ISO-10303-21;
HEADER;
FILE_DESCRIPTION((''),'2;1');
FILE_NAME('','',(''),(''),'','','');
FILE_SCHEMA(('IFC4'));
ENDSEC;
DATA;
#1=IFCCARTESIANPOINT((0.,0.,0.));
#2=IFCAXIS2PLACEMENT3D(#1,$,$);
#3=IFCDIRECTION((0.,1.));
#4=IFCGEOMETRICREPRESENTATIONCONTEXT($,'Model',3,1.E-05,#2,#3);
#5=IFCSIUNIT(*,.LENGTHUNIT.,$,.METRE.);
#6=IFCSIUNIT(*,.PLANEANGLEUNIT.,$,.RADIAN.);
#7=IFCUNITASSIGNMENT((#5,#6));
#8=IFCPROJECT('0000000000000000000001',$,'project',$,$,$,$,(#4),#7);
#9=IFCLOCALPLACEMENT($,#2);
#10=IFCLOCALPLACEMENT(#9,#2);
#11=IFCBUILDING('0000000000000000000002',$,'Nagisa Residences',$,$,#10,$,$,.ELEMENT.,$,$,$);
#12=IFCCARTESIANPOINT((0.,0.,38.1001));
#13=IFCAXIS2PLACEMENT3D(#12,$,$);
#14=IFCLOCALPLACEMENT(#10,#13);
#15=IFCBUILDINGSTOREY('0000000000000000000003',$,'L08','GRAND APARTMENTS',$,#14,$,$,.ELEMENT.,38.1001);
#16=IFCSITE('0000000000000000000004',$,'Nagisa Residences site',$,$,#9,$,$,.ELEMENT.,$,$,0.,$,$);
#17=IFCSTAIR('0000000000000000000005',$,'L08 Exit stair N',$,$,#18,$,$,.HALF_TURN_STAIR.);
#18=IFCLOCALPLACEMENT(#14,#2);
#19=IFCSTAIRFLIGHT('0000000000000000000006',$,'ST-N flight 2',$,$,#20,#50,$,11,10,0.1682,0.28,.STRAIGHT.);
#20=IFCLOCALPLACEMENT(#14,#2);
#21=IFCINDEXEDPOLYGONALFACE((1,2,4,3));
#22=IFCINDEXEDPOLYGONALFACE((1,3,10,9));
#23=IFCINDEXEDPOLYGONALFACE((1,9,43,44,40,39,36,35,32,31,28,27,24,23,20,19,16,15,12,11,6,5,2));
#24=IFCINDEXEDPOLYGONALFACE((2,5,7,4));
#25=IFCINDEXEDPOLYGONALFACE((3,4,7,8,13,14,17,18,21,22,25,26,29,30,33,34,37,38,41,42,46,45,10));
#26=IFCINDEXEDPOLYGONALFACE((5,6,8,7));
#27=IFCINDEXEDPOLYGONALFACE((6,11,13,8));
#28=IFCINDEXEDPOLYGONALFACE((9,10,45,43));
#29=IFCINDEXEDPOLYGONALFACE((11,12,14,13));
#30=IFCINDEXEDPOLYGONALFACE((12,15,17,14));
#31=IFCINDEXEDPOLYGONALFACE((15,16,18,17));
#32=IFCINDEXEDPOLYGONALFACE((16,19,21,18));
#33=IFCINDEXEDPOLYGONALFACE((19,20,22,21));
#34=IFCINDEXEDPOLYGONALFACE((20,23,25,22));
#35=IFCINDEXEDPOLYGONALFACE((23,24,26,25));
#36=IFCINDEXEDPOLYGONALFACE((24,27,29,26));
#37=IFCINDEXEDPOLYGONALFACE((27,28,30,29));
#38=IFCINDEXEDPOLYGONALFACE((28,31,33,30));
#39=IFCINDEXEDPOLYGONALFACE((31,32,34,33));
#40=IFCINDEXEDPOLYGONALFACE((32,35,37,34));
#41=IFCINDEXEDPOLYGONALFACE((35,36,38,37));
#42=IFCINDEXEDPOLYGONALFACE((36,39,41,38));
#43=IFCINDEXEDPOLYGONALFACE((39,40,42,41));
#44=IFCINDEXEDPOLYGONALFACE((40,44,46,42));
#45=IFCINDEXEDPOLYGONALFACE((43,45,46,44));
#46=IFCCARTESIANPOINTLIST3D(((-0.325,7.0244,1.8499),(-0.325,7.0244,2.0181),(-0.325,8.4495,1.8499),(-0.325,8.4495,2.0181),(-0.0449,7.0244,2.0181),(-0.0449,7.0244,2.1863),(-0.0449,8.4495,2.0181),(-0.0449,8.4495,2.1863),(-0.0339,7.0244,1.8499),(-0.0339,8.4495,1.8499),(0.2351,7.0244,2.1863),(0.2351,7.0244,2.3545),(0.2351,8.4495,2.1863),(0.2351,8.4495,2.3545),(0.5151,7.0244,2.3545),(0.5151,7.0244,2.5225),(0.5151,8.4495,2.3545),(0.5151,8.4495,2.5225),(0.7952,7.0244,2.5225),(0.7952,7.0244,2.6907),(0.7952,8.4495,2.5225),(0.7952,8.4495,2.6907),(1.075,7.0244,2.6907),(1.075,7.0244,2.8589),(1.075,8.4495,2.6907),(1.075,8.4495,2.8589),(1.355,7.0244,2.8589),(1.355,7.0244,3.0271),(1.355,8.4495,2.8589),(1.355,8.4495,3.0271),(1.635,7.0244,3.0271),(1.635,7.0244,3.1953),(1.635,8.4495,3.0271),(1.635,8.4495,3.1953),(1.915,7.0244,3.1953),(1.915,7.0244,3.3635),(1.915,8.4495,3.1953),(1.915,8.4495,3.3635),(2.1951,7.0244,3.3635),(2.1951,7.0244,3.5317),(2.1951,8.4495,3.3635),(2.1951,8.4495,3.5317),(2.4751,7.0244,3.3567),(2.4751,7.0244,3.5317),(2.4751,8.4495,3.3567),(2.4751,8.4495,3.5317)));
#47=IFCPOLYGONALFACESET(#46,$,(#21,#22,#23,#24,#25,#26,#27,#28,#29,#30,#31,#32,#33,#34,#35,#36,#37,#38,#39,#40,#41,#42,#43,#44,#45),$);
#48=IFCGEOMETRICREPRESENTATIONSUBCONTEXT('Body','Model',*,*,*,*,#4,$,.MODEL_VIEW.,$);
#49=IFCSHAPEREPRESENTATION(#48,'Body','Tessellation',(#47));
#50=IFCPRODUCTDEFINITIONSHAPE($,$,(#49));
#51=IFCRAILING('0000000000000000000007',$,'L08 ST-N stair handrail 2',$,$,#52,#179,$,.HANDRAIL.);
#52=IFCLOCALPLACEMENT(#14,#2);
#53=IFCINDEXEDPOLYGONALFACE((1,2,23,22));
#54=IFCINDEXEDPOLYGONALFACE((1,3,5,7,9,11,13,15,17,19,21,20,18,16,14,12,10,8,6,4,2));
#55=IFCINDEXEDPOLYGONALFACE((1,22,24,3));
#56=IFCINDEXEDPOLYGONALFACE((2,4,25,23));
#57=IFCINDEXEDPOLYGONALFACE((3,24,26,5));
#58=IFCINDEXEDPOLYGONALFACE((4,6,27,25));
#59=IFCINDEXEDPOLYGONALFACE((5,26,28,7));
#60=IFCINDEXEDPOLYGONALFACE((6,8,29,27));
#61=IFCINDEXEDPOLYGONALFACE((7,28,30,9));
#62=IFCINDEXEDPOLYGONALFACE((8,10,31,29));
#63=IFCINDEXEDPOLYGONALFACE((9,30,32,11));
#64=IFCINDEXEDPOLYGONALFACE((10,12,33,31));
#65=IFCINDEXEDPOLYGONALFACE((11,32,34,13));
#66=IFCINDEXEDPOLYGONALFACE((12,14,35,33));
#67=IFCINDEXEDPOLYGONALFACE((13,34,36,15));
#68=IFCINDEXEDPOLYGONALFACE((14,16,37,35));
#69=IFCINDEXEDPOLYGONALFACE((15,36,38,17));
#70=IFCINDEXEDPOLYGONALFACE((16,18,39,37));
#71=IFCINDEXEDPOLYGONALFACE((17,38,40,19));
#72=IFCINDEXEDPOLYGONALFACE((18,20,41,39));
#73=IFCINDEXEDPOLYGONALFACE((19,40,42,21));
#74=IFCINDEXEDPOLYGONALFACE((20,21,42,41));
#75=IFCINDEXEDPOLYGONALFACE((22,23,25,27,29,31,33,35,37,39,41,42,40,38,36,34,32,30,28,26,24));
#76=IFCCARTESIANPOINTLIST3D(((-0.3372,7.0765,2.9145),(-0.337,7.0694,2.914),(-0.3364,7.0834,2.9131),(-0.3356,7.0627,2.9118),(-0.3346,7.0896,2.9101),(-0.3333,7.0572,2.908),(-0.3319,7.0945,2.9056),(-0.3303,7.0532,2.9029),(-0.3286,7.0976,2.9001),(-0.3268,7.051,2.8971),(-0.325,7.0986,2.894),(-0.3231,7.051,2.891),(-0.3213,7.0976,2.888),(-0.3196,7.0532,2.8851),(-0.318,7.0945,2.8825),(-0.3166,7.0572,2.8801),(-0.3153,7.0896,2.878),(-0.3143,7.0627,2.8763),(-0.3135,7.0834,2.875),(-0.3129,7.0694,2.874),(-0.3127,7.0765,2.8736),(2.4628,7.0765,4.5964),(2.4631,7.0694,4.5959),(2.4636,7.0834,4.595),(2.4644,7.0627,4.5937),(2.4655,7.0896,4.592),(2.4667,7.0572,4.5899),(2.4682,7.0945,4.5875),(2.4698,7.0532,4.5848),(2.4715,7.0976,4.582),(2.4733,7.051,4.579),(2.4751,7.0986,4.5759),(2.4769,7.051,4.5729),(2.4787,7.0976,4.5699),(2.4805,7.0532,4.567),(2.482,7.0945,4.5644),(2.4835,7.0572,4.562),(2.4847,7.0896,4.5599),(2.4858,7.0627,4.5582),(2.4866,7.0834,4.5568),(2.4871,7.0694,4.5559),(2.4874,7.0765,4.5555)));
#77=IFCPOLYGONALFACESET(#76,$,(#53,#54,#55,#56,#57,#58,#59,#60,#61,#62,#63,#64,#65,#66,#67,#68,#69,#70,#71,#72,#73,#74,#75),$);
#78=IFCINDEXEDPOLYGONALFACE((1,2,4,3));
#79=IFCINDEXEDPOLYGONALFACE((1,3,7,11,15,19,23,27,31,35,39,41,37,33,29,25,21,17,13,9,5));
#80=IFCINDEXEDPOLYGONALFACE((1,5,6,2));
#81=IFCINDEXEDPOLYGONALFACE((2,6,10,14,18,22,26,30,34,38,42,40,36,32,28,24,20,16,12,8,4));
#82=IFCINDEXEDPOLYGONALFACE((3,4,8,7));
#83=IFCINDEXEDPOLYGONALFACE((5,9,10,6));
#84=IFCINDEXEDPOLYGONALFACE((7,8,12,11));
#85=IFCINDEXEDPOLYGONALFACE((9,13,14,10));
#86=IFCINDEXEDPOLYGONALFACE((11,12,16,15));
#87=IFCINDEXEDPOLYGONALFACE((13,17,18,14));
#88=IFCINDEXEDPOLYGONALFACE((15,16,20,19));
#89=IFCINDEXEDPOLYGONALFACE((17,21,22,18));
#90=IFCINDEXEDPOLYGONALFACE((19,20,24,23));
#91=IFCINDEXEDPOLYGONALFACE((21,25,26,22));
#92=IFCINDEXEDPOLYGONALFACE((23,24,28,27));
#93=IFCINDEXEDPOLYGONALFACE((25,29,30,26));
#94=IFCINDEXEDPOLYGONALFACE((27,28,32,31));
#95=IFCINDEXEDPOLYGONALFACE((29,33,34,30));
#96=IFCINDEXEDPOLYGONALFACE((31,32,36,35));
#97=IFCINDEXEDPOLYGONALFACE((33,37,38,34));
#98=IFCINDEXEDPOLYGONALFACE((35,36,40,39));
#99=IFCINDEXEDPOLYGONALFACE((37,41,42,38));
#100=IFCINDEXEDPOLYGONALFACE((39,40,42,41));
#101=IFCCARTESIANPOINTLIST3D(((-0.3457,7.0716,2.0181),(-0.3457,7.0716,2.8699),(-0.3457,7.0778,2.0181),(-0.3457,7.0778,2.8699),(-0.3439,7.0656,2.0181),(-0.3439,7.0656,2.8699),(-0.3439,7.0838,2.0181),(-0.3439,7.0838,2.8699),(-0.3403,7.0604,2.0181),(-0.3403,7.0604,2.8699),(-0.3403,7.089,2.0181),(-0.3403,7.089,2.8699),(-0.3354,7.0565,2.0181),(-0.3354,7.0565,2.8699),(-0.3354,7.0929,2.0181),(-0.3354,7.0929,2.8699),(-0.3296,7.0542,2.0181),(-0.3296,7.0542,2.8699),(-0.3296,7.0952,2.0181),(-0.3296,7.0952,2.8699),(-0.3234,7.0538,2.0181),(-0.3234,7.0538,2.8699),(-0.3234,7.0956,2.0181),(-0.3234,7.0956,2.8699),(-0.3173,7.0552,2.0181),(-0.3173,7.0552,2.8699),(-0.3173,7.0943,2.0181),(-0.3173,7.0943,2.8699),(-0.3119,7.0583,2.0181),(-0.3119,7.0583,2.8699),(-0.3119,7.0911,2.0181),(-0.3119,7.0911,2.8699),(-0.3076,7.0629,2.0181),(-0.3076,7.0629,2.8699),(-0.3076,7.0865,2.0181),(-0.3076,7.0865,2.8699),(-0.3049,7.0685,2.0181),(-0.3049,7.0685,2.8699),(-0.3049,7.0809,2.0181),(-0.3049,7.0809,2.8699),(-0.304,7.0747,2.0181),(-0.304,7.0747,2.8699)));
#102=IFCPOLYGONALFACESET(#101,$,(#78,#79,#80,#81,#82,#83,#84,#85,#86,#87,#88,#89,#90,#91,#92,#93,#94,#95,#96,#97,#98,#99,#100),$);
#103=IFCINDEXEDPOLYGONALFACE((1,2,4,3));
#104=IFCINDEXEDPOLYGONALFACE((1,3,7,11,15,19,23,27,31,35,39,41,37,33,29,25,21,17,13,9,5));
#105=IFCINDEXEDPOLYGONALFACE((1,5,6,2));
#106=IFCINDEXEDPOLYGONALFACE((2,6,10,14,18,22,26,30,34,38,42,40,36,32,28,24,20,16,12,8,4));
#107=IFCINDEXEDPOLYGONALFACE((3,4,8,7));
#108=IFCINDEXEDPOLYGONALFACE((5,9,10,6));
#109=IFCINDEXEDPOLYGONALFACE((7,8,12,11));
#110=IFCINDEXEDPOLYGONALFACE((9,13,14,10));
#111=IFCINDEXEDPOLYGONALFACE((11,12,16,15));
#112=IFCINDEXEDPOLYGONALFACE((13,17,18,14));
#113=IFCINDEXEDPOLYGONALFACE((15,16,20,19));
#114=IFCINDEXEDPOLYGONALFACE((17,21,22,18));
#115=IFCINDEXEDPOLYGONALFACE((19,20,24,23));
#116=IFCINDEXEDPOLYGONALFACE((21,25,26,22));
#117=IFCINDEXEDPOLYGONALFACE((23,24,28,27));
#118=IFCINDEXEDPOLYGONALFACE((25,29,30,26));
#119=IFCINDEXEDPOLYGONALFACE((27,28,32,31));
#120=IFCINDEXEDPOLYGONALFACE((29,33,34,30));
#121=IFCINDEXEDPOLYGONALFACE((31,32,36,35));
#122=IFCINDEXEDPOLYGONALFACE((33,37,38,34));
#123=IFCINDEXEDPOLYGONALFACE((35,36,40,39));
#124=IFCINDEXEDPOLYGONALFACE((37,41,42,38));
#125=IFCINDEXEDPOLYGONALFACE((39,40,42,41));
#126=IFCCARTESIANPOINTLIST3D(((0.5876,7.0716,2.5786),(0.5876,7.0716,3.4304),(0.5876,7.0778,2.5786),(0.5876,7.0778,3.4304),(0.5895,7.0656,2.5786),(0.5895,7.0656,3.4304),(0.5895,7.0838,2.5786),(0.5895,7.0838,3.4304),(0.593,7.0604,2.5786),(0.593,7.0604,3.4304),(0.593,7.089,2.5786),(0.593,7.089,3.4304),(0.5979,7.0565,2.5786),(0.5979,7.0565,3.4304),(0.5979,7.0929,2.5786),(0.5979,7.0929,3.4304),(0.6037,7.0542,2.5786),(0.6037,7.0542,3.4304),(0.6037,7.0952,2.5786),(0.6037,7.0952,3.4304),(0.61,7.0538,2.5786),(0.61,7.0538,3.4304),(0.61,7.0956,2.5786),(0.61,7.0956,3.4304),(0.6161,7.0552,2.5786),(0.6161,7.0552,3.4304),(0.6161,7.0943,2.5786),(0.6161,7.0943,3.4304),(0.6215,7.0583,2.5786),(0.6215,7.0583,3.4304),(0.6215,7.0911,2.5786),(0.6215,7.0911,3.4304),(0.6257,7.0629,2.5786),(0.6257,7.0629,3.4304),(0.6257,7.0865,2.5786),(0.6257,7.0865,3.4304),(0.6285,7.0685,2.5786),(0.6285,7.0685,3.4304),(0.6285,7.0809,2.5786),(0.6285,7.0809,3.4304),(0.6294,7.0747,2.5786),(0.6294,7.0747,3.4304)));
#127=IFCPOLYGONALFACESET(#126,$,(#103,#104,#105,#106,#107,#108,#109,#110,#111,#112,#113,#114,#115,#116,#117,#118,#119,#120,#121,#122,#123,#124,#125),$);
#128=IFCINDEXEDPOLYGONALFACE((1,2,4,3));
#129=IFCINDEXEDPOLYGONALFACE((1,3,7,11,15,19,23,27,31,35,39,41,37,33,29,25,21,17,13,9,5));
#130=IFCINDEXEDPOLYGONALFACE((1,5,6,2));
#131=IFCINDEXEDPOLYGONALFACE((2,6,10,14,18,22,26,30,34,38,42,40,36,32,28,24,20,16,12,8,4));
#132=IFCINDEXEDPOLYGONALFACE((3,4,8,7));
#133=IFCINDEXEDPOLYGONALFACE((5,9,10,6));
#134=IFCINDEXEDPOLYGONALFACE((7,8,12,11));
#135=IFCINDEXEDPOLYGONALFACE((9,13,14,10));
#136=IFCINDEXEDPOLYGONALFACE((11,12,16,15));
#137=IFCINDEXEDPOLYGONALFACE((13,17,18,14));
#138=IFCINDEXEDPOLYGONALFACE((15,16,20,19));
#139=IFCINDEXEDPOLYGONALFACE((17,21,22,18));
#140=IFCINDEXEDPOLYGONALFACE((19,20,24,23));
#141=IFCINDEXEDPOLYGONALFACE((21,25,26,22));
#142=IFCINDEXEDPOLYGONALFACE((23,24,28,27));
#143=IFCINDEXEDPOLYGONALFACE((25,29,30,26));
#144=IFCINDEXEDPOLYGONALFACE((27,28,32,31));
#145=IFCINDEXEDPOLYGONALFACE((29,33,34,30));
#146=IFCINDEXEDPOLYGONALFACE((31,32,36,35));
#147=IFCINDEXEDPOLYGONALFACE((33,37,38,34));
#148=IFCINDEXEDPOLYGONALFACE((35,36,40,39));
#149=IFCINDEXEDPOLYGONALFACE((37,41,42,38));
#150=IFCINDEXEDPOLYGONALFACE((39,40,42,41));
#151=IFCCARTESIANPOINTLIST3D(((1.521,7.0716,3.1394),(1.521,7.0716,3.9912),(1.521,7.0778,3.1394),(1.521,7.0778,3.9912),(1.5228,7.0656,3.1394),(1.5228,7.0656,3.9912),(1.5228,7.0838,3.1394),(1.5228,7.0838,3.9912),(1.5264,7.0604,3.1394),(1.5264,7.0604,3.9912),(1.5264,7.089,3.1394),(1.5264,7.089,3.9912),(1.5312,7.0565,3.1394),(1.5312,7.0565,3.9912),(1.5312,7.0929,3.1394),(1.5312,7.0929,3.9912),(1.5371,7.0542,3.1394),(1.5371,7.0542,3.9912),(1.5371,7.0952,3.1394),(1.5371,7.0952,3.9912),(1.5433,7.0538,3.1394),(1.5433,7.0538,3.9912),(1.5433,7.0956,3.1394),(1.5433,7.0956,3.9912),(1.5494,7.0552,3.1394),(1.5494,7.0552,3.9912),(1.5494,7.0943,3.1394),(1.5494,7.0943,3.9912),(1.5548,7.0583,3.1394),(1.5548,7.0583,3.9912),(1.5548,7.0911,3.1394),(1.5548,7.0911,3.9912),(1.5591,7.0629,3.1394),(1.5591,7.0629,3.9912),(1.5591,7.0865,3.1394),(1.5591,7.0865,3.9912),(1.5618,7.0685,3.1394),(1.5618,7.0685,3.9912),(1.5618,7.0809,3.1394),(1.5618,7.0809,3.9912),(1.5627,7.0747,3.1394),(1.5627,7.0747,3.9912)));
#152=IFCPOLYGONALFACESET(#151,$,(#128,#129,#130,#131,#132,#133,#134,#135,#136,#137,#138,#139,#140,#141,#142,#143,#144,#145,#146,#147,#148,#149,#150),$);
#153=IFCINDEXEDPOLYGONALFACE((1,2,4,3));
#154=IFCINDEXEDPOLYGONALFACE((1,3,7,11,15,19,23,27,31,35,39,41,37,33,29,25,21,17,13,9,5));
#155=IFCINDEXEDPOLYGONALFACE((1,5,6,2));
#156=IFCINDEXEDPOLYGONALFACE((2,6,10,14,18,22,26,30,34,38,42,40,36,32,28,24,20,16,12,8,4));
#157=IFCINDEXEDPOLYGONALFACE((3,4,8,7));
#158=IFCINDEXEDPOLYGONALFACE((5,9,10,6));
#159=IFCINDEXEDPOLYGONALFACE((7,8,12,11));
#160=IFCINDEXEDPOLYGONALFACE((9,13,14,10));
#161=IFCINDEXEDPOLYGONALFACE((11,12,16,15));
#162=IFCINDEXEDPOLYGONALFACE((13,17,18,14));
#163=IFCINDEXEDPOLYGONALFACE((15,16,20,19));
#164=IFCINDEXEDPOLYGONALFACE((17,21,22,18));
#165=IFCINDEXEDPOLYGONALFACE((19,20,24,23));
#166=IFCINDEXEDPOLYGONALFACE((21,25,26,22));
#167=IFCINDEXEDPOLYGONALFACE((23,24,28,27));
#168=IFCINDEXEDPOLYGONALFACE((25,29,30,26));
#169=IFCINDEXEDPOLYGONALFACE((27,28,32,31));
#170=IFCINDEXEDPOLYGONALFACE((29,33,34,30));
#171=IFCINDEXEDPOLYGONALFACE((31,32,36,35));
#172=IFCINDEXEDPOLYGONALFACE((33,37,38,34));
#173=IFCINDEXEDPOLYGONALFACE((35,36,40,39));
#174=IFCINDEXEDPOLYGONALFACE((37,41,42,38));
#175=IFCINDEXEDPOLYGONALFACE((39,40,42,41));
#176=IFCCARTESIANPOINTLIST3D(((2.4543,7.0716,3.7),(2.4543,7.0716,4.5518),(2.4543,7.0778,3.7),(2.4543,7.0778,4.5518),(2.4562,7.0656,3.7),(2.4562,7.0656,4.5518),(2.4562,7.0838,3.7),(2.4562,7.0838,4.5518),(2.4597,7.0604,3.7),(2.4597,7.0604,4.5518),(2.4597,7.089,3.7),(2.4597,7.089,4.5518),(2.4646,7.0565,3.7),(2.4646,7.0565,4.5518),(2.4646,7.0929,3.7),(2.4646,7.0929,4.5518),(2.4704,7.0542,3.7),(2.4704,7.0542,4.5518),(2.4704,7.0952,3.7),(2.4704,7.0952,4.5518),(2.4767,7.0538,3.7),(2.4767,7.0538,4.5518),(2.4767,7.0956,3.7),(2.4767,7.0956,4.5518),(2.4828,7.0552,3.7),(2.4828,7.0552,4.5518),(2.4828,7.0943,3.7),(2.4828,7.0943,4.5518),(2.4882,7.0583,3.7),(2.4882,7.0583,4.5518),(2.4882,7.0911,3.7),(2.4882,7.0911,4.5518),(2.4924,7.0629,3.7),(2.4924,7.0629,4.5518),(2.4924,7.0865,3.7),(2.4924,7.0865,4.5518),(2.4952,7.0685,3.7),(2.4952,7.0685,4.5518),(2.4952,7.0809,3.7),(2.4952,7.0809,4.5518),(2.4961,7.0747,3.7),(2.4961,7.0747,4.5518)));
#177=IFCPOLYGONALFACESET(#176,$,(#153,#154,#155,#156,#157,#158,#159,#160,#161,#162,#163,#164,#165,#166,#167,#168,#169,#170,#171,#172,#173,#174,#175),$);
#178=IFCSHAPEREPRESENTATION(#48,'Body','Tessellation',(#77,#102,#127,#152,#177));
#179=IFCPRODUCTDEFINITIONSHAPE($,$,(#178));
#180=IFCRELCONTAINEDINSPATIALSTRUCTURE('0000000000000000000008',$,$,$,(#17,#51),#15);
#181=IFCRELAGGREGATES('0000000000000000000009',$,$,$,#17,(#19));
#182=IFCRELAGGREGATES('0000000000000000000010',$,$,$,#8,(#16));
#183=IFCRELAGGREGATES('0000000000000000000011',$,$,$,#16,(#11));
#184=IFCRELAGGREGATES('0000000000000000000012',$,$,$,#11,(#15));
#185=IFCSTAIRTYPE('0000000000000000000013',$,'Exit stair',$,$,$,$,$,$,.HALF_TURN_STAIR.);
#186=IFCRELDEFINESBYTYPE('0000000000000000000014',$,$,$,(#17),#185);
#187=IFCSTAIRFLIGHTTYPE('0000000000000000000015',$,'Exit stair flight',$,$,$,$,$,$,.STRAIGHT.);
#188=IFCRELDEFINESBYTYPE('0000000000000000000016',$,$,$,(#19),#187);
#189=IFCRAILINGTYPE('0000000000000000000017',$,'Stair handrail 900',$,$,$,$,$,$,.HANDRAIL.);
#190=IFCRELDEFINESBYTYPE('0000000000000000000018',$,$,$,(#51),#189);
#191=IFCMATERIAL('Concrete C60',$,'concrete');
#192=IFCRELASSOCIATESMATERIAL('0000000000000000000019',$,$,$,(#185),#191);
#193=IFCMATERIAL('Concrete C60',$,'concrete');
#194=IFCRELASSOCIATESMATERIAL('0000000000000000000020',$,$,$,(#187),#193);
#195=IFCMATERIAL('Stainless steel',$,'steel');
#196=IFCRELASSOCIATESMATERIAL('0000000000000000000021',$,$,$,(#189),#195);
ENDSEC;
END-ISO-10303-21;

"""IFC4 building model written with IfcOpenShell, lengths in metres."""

from ifc_helpers import new_model, si_unit, direction, frame, origin, origin_2d, place, context, subcontext, project, spatial, polyline, circle, outline, extrude, material, type_object, element, aggregate, save


model = new_model("IFC4")

# Units and contexts
model_context = context("Model", 3, precision=1e-05, world=origin(), true_north=direction((0.0, 1.0)))
body_context = subcontext(model_context, "Body", "Model", "MODEL_VIEW")
ifc_project = project(units=[si_unit("LENGTHUNIT", "METRE"), si_unit("PLANEANGLEUNIT", "RADIAN")], contexts=[model_context])

# Site, building, storey
site_placement = place(None, origin())
site = spatial("IfcSite", under=ifc_project, at=site_placement, Name="Nagisa Residences site", CompositionType="ELEMENT", RefElevation=0.0)
building_placement = place(site_placement, origin())
building = spatial("IfcBuilding", under=site, at=building_placement, Name="Nagisa Residences", CompositionType="ELEMENT")
storey_placement = place(building_placement, frame((0.0, 0.0, 38.1001)))
storey = spatial("IfcBuildingStorey", under=building, at=storey_placement, Name="L08", Description="GRAND APARTMENTS", CompositionType="ELEMENT", Elevation=38.1001)

# Stair
ifc_material_1 = material(Name="Concrete C60", Category="concrete")
stair_type = type_object("IfcStairType", Name="Exit stair", PredefinedType="HALF_TURN_STAIR", material=ifc_material_1)
stair_1_placement = place(storey_placement, origin())
stair_1 = element("IfcStair", 1, at=stair_1_placement, inside=storey, type_object=stair_type, Name="L08 Exit stair N", PredefinedType="HALF_TURN_STAIR")

# Stair flight
ifc_material_2 = material(Name="Concrete C60", Category="concrete")
stair_flight_type = type_object("IfcStairFlightType", Name="Exit stair flight", PredefinedType="STRAIGHT", material=ifc_material_2)
stair_flight_placement = place(storey_placement, frame((-0.325, 7.7371, 1.8499), z_axis=(0.0, 0.0, 1.0), x_axis=(1.0, 0.0, 0.0)))
stair_flight = element("IfcStairFlight", 2, at=stair_flight_placement, type_object=stair_flight_type, Name="ST-N flight 2", NumberOfRisers=11, NumberOfTreads=10, PredefinedType="STRAIGHT", RiserHeight=0.1682, TreadLength=0.28, context=body_context, shape_type="SweptSolid", body=[
    extrude(outline(polyline([(0.0, 0.0), (0.0, 0.1682), (0.28, 0.1682), (0.28, 0.3364), (0.5601, 0.3364), (0.5601, 0.5046), (0.8401, 0.5046), (0.8401, 0.6726), (1.1201, 0.6726), (1.1201, 0.8408), (1.3999, 0.8408), (1.3999, 1.009), (1.6799, 1.009), (1.6799, 1.1772), (1.96, 1.1772), (1.96, 1.3455), (2.24, 1.3455), (2.24, 1.5137), (2.52, 1.5137), (2.52, 1.6819), (2.8, 1.6819), (2.8, 1.8501), (2.8, 1.5068), (0.291, 0.0), (0.0, 0.0)])), frame((0.0, 0.7124, 0.0), z_axis=(0.0, -1.0, 0.0), x_axis=(1.0, 0.0, 0.0)), (0.0, 0.0, 1.0), 1.425),
])
aggregate(stair_1, [stair_flight])

# Railing
ifc_material_3 = material(Name="Stainless steel", Category="steel")
railing_type = type_object("IfcRailingType", Name="Stair handrail 900", PredefinedType="HANDRAIL", material=ifc_material_3)
railing_placement = place(storey_placement, frame((-0.325, 7.0747, 2.0181)))
element("IfcRailing", 3, at=railing_placement, inside=storey, type_object=railing_type, Name="L08 ST-N stair handrail 2", PredefinedType="HANDRAIL", context=body_context, shape_type="SweptSolid", body=[
    extrude(circle(Radius=0.0239, at=origin_2d()), frame((0.0, 0.0, 0.876), z_axis=(0.857242, 0.0, 0.514913), x_axis=(0.0, 1.0, 0.0)), (0.0, 0.0, 1.0), 3.2664),
    extrude(circle(Radius=0.021, at=origin_2d()), origin(), (0.0, 0.0, 1.0), 0.8518),
    extrude(circle(Radius=0.021, at=origin_2d()), frame((0.9333, 0.0, 0.5605)), (0.0, 0.0, 1.0), 0.8518),
    extrude(circle(Radius=0.021, at=origin_2d()), frame((1.8667, 0.0, 1.1213)), (0.0, 0.0, 1.0), 0.8518),
    extrude(circle(Radius=0.021, at=origin_2d()), frame((2.8, 0.0, 1.6819)), (0.0, 0.0, 1.0), 0.8518),
])

save(model, "model.ifc")
